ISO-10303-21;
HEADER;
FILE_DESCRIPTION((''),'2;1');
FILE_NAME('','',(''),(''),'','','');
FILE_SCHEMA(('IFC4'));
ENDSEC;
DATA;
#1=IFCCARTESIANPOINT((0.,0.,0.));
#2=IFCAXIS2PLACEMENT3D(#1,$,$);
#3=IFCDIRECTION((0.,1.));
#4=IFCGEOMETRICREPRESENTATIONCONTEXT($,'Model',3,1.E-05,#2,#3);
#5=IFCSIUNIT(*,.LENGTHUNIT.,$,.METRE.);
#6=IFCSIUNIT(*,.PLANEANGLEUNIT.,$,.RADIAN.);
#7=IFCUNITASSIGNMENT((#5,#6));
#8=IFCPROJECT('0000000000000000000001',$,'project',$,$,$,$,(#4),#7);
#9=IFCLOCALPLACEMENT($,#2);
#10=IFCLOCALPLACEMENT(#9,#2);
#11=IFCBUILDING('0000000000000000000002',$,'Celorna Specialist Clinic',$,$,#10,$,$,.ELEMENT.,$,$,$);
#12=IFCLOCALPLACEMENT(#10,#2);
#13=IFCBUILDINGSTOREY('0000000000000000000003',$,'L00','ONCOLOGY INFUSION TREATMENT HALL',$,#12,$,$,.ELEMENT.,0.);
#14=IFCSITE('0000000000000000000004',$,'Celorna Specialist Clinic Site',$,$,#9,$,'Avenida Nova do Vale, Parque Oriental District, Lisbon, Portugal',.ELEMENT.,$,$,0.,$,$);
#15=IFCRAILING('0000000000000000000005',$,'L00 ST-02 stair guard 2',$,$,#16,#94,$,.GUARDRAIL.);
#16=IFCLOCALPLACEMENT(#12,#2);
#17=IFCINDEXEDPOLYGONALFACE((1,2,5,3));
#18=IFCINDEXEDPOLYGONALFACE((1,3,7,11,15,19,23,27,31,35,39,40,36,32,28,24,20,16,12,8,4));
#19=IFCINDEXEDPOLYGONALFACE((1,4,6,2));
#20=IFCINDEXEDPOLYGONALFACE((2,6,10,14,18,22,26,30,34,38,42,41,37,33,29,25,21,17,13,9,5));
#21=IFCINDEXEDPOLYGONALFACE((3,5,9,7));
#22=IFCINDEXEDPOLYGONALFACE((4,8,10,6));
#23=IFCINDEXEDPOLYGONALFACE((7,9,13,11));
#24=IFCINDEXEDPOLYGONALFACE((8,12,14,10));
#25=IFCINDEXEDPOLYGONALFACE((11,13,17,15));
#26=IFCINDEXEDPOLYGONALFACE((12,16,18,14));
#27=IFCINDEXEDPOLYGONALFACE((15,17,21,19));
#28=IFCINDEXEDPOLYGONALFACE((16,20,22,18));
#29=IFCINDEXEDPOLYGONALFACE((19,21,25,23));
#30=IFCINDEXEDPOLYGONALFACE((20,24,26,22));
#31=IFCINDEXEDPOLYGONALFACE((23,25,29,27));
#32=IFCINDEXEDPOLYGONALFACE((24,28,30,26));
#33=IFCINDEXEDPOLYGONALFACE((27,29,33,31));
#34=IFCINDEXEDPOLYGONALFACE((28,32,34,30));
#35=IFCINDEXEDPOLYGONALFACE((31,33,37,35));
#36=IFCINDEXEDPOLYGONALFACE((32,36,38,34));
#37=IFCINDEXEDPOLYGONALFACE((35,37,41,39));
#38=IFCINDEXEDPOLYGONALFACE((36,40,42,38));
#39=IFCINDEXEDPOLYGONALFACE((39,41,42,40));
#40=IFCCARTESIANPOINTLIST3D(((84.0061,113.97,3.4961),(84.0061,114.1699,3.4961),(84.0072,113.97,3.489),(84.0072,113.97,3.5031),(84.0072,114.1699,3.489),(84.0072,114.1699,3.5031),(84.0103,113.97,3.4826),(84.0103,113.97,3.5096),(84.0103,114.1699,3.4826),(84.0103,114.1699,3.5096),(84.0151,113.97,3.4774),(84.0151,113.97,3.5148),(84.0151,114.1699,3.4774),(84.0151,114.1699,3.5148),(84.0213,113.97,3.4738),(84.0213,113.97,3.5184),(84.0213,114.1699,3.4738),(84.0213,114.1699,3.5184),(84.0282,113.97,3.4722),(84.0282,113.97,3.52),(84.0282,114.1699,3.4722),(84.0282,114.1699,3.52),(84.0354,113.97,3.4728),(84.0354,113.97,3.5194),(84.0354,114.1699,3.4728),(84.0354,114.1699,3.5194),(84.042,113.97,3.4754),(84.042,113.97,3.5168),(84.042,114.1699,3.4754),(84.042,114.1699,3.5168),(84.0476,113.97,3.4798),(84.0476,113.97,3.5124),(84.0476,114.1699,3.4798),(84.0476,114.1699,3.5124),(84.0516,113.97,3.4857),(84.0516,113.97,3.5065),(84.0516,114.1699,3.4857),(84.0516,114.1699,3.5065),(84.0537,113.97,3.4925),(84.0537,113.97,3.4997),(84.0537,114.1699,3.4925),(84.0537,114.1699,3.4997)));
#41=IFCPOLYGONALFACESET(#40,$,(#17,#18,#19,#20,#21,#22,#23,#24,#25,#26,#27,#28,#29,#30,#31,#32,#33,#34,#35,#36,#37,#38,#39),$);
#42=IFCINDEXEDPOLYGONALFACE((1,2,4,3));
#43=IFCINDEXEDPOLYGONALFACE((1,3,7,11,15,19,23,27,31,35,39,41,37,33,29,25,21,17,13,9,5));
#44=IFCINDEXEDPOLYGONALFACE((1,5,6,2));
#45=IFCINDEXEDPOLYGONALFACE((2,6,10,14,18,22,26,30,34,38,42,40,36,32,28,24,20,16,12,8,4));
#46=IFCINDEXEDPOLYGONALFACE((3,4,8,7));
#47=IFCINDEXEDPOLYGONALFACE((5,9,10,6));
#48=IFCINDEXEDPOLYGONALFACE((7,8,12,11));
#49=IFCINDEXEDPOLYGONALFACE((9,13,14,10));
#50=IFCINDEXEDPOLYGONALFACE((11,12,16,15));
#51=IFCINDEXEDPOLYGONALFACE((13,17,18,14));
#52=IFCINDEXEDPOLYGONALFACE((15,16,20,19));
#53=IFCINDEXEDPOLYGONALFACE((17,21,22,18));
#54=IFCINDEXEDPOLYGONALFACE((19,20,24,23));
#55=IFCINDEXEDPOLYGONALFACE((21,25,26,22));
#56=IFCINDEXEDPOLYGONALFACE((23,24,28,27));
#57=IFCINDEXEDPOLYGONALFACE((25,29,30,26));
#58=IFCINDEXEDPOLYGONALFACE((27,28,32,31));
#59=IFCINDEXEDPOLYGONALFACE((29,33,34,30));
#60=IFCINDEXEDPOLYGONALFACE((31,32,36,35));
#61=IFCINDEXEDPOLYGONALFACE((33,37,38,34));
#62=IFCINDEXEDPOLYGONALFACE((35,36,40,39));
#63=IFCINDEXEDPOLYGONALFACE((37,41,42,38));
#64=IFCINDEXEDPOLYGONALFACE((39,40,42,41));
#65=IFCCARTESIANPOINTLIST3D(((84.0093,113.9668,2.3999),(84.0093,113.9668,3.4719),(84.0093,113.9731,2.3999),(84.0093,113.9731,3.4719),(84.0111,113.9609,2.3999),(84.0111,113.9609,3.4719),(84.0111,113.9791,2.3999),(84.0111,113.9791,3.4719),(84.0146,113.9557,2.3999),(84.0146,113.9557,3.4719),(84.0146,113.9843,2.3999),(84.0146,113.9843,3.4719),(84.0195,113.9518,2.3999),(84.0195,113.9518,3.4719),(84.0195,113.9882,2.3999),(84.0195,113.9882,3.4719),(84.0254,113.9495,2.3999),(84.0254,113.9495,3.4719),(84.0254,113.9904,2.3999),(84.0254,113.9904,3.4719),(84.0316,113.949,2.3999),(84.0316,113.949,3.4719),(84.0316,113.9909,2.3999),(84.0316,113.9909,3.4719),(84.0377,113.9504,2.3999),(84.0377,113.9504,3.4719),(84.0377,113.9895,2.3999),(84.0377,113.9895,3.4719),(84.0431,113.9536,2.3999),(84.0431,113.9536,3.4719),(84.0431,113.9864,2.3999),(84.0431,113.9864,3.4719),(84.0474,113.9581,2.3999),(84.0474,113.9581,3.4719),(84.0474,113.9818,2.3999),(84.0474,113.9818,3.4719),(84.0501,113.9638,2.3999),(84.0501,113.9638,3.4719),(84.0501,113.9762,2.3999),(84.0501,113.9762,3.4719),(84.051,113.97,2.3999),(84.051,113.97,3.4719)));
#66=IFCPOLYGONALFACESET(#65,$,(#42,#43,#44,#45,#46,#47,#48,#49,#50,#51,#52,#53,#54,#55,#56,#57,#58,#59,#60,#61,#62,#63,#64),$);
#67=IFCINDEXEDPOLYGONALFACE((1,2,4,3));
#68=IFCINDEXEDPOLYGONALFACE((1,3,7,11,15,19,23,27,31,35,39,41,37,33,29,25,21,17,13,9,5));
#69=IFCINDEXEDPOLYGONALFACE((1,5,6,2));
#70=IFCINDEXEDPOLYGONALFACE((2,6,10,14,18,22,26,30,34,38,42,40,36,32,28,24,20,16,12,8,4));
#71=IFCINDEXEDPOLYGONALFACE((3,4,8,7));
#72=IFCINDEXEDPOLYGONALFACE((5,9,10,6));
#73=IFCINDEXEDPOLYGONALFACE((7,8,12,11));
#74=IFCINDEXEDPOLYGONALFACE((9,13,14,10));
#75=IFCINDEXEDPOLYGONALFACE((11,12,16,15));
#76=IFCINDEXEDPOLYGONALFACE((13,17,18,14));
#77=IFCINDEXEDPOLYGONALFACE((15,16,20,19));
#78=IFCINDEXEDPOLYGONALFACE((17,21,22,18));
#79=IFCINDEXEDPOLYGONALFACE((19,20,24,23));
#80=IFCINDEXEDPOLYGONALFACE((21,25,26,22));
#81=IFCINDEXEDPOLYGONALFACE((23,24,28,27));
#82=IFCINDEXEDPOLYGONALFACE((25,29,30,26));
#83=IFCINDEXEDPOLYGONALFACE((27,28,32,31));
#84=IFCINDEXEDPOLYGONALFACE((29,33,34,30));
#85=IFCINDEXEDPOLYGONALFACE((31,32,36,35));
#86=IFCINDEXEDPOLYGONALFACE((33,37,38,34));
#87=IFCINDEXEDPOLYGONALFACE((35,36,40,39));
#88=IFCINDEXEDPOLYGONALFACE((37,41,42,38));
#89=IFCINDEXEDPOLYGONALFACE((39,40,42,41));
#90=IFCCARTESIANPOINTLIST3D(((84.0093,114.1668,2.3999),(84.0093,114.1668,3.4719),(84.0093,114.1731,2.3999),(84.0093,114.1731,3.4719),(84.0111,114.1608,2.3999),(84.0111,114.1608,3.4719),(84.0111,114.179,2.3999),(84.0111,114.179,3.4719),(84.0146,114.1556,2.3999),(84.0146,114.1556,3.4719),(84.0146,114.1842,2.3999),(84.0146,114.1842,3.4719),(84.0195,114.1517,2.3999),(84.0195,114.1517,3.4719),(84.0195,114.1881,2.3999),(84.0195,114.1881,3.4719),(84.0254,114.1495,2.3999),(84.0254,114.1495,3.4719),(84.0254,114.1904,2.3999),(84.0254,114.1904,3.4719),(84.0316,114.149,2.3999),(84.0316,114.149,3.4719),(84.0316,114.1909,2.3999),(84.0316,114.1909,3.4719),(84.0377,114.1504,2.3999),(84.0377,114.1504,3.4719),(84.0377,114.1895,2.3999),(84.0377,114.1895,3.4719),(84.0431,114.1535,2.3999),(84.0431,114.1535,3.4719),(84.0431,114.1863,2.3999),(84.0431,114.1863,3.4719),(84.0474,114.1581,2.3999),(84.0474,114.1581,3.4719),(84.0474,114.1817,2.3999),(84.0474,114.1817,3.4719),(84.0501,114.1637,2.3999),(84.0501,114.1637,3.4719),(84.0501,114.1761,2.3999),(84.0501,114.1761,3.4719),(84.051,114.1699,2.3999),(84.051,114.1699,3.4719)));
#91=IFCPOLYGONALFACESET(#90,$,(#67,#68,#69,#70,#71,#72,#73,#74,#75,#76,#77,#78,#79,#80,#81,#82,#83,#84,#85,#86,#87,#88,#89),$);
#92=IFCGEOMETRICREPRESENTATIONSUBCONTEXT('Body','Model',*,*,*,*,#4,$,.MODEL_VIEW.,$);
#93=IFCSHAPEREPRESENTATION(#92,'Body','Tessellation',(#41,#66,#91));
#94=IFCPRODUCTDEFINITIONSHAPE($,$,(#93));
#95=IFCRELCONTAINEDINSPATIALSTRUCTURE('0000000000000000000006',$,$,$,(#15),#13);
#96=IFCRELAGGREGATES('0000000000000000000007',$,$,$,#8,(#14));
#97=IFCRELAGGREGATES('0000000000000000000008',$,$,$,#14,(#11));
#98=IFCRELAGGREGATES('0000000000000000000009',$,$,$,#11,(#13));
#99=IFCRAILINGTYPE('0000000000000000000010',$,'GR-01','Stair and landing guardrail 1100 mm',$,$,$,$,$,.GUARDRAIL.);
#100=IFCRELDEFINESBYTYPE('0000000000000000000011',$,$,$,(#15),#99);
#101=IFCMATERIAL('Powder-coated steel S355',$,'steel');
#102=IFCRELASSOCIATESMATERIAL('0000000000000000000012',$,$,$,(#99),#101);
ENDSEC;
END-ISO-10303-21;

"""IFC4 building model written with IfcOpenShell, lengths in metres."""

from ifc_helpers import new_model, si_unit, direction, frame, origin, origin_2d, place, context, subcontext, project, spatial, circle, extrude, material, type_object, element, save


model = new_model("IFC4")

# Units and contexts
model_context = context("Model", 3, precision=1e-05, world=origin(), true_north=direction((0.0, 1.0)))
body_context = subcontext(model_context, "Body", "Model", "MODEL_VIEW")
ifc_project = project(units=[si_unit("LENGTHUNIT", "METRE"), si_unit("PLANEANGLEUNIT", "RADIAN")], contexts=[model_context])

# Site, building, storey
site_placement = place(None, origin())
site = spatial("IfcSite", under=ifc_project, at=site_placement, Name="Celorna Specialist Clinic Site", LongName="Avenida Nova do Vale, Parque Oriental District, Lisbon, Portugal", CompositionType="ELEMENT", RefElevation=0.0)
building_placement = place(site_placement, origin())
building = spatial("IfcBuilding", under=site, at=building_placement, Name="Celorna Specialist Clinic", CompositionType="ELEMENT")
storey_placement = place(building_placement, origin())
storey = spatial("IfcBuildingStorey", under=building, at=storey_placement, Name="L00", Description="ONCOLOGY INFUSION TREATMENT HALL", CompositionType="ELEMENT", Elevation=0.0)

# Railing
ifc_material_1 = material(Name="Powder-coated steel S355", Category="steel")
railing_type_1 = type_object("IfcRailingType", Name="GR-01", Description="Stair and landing guardrail 1100 mm", PredefinedType="GUARDRAIL", material=ifc_material_1)
railing_1_placement = place(storey_placement, frame((84.03, 113.97, 2.3999)))
element("IfcRailing", 1, at=railing_1_placement, inside=storey, type_object=railing_type_1, Name="L00 ST-02 stair guard 2", PredefinedType="GUARDRAIL", context=body_context, shape_type="SweptSolid", body=[
    extrude(circle(Radius=0.0239, at=origin_2d()), frame((0.0, 0.0, 1.0962), z_axis=(0.0, 1.0, 0.0), x_axis=(-1.0, 0.0, 0.0)), (0.0, 0.0, 1.0), 0.2),
    extrude(circle(Radius=0.021, at=origin_2d()), origin(), (0.0, 0.0, 1.0), 1.072),
    extrude(circle(Radius=0.021, at=origin_2d()), frame((0.0, 0.2, 0.0)), (0.0, 0.0, 1.0), 1.072),
])

save(model, "model.ifc")
